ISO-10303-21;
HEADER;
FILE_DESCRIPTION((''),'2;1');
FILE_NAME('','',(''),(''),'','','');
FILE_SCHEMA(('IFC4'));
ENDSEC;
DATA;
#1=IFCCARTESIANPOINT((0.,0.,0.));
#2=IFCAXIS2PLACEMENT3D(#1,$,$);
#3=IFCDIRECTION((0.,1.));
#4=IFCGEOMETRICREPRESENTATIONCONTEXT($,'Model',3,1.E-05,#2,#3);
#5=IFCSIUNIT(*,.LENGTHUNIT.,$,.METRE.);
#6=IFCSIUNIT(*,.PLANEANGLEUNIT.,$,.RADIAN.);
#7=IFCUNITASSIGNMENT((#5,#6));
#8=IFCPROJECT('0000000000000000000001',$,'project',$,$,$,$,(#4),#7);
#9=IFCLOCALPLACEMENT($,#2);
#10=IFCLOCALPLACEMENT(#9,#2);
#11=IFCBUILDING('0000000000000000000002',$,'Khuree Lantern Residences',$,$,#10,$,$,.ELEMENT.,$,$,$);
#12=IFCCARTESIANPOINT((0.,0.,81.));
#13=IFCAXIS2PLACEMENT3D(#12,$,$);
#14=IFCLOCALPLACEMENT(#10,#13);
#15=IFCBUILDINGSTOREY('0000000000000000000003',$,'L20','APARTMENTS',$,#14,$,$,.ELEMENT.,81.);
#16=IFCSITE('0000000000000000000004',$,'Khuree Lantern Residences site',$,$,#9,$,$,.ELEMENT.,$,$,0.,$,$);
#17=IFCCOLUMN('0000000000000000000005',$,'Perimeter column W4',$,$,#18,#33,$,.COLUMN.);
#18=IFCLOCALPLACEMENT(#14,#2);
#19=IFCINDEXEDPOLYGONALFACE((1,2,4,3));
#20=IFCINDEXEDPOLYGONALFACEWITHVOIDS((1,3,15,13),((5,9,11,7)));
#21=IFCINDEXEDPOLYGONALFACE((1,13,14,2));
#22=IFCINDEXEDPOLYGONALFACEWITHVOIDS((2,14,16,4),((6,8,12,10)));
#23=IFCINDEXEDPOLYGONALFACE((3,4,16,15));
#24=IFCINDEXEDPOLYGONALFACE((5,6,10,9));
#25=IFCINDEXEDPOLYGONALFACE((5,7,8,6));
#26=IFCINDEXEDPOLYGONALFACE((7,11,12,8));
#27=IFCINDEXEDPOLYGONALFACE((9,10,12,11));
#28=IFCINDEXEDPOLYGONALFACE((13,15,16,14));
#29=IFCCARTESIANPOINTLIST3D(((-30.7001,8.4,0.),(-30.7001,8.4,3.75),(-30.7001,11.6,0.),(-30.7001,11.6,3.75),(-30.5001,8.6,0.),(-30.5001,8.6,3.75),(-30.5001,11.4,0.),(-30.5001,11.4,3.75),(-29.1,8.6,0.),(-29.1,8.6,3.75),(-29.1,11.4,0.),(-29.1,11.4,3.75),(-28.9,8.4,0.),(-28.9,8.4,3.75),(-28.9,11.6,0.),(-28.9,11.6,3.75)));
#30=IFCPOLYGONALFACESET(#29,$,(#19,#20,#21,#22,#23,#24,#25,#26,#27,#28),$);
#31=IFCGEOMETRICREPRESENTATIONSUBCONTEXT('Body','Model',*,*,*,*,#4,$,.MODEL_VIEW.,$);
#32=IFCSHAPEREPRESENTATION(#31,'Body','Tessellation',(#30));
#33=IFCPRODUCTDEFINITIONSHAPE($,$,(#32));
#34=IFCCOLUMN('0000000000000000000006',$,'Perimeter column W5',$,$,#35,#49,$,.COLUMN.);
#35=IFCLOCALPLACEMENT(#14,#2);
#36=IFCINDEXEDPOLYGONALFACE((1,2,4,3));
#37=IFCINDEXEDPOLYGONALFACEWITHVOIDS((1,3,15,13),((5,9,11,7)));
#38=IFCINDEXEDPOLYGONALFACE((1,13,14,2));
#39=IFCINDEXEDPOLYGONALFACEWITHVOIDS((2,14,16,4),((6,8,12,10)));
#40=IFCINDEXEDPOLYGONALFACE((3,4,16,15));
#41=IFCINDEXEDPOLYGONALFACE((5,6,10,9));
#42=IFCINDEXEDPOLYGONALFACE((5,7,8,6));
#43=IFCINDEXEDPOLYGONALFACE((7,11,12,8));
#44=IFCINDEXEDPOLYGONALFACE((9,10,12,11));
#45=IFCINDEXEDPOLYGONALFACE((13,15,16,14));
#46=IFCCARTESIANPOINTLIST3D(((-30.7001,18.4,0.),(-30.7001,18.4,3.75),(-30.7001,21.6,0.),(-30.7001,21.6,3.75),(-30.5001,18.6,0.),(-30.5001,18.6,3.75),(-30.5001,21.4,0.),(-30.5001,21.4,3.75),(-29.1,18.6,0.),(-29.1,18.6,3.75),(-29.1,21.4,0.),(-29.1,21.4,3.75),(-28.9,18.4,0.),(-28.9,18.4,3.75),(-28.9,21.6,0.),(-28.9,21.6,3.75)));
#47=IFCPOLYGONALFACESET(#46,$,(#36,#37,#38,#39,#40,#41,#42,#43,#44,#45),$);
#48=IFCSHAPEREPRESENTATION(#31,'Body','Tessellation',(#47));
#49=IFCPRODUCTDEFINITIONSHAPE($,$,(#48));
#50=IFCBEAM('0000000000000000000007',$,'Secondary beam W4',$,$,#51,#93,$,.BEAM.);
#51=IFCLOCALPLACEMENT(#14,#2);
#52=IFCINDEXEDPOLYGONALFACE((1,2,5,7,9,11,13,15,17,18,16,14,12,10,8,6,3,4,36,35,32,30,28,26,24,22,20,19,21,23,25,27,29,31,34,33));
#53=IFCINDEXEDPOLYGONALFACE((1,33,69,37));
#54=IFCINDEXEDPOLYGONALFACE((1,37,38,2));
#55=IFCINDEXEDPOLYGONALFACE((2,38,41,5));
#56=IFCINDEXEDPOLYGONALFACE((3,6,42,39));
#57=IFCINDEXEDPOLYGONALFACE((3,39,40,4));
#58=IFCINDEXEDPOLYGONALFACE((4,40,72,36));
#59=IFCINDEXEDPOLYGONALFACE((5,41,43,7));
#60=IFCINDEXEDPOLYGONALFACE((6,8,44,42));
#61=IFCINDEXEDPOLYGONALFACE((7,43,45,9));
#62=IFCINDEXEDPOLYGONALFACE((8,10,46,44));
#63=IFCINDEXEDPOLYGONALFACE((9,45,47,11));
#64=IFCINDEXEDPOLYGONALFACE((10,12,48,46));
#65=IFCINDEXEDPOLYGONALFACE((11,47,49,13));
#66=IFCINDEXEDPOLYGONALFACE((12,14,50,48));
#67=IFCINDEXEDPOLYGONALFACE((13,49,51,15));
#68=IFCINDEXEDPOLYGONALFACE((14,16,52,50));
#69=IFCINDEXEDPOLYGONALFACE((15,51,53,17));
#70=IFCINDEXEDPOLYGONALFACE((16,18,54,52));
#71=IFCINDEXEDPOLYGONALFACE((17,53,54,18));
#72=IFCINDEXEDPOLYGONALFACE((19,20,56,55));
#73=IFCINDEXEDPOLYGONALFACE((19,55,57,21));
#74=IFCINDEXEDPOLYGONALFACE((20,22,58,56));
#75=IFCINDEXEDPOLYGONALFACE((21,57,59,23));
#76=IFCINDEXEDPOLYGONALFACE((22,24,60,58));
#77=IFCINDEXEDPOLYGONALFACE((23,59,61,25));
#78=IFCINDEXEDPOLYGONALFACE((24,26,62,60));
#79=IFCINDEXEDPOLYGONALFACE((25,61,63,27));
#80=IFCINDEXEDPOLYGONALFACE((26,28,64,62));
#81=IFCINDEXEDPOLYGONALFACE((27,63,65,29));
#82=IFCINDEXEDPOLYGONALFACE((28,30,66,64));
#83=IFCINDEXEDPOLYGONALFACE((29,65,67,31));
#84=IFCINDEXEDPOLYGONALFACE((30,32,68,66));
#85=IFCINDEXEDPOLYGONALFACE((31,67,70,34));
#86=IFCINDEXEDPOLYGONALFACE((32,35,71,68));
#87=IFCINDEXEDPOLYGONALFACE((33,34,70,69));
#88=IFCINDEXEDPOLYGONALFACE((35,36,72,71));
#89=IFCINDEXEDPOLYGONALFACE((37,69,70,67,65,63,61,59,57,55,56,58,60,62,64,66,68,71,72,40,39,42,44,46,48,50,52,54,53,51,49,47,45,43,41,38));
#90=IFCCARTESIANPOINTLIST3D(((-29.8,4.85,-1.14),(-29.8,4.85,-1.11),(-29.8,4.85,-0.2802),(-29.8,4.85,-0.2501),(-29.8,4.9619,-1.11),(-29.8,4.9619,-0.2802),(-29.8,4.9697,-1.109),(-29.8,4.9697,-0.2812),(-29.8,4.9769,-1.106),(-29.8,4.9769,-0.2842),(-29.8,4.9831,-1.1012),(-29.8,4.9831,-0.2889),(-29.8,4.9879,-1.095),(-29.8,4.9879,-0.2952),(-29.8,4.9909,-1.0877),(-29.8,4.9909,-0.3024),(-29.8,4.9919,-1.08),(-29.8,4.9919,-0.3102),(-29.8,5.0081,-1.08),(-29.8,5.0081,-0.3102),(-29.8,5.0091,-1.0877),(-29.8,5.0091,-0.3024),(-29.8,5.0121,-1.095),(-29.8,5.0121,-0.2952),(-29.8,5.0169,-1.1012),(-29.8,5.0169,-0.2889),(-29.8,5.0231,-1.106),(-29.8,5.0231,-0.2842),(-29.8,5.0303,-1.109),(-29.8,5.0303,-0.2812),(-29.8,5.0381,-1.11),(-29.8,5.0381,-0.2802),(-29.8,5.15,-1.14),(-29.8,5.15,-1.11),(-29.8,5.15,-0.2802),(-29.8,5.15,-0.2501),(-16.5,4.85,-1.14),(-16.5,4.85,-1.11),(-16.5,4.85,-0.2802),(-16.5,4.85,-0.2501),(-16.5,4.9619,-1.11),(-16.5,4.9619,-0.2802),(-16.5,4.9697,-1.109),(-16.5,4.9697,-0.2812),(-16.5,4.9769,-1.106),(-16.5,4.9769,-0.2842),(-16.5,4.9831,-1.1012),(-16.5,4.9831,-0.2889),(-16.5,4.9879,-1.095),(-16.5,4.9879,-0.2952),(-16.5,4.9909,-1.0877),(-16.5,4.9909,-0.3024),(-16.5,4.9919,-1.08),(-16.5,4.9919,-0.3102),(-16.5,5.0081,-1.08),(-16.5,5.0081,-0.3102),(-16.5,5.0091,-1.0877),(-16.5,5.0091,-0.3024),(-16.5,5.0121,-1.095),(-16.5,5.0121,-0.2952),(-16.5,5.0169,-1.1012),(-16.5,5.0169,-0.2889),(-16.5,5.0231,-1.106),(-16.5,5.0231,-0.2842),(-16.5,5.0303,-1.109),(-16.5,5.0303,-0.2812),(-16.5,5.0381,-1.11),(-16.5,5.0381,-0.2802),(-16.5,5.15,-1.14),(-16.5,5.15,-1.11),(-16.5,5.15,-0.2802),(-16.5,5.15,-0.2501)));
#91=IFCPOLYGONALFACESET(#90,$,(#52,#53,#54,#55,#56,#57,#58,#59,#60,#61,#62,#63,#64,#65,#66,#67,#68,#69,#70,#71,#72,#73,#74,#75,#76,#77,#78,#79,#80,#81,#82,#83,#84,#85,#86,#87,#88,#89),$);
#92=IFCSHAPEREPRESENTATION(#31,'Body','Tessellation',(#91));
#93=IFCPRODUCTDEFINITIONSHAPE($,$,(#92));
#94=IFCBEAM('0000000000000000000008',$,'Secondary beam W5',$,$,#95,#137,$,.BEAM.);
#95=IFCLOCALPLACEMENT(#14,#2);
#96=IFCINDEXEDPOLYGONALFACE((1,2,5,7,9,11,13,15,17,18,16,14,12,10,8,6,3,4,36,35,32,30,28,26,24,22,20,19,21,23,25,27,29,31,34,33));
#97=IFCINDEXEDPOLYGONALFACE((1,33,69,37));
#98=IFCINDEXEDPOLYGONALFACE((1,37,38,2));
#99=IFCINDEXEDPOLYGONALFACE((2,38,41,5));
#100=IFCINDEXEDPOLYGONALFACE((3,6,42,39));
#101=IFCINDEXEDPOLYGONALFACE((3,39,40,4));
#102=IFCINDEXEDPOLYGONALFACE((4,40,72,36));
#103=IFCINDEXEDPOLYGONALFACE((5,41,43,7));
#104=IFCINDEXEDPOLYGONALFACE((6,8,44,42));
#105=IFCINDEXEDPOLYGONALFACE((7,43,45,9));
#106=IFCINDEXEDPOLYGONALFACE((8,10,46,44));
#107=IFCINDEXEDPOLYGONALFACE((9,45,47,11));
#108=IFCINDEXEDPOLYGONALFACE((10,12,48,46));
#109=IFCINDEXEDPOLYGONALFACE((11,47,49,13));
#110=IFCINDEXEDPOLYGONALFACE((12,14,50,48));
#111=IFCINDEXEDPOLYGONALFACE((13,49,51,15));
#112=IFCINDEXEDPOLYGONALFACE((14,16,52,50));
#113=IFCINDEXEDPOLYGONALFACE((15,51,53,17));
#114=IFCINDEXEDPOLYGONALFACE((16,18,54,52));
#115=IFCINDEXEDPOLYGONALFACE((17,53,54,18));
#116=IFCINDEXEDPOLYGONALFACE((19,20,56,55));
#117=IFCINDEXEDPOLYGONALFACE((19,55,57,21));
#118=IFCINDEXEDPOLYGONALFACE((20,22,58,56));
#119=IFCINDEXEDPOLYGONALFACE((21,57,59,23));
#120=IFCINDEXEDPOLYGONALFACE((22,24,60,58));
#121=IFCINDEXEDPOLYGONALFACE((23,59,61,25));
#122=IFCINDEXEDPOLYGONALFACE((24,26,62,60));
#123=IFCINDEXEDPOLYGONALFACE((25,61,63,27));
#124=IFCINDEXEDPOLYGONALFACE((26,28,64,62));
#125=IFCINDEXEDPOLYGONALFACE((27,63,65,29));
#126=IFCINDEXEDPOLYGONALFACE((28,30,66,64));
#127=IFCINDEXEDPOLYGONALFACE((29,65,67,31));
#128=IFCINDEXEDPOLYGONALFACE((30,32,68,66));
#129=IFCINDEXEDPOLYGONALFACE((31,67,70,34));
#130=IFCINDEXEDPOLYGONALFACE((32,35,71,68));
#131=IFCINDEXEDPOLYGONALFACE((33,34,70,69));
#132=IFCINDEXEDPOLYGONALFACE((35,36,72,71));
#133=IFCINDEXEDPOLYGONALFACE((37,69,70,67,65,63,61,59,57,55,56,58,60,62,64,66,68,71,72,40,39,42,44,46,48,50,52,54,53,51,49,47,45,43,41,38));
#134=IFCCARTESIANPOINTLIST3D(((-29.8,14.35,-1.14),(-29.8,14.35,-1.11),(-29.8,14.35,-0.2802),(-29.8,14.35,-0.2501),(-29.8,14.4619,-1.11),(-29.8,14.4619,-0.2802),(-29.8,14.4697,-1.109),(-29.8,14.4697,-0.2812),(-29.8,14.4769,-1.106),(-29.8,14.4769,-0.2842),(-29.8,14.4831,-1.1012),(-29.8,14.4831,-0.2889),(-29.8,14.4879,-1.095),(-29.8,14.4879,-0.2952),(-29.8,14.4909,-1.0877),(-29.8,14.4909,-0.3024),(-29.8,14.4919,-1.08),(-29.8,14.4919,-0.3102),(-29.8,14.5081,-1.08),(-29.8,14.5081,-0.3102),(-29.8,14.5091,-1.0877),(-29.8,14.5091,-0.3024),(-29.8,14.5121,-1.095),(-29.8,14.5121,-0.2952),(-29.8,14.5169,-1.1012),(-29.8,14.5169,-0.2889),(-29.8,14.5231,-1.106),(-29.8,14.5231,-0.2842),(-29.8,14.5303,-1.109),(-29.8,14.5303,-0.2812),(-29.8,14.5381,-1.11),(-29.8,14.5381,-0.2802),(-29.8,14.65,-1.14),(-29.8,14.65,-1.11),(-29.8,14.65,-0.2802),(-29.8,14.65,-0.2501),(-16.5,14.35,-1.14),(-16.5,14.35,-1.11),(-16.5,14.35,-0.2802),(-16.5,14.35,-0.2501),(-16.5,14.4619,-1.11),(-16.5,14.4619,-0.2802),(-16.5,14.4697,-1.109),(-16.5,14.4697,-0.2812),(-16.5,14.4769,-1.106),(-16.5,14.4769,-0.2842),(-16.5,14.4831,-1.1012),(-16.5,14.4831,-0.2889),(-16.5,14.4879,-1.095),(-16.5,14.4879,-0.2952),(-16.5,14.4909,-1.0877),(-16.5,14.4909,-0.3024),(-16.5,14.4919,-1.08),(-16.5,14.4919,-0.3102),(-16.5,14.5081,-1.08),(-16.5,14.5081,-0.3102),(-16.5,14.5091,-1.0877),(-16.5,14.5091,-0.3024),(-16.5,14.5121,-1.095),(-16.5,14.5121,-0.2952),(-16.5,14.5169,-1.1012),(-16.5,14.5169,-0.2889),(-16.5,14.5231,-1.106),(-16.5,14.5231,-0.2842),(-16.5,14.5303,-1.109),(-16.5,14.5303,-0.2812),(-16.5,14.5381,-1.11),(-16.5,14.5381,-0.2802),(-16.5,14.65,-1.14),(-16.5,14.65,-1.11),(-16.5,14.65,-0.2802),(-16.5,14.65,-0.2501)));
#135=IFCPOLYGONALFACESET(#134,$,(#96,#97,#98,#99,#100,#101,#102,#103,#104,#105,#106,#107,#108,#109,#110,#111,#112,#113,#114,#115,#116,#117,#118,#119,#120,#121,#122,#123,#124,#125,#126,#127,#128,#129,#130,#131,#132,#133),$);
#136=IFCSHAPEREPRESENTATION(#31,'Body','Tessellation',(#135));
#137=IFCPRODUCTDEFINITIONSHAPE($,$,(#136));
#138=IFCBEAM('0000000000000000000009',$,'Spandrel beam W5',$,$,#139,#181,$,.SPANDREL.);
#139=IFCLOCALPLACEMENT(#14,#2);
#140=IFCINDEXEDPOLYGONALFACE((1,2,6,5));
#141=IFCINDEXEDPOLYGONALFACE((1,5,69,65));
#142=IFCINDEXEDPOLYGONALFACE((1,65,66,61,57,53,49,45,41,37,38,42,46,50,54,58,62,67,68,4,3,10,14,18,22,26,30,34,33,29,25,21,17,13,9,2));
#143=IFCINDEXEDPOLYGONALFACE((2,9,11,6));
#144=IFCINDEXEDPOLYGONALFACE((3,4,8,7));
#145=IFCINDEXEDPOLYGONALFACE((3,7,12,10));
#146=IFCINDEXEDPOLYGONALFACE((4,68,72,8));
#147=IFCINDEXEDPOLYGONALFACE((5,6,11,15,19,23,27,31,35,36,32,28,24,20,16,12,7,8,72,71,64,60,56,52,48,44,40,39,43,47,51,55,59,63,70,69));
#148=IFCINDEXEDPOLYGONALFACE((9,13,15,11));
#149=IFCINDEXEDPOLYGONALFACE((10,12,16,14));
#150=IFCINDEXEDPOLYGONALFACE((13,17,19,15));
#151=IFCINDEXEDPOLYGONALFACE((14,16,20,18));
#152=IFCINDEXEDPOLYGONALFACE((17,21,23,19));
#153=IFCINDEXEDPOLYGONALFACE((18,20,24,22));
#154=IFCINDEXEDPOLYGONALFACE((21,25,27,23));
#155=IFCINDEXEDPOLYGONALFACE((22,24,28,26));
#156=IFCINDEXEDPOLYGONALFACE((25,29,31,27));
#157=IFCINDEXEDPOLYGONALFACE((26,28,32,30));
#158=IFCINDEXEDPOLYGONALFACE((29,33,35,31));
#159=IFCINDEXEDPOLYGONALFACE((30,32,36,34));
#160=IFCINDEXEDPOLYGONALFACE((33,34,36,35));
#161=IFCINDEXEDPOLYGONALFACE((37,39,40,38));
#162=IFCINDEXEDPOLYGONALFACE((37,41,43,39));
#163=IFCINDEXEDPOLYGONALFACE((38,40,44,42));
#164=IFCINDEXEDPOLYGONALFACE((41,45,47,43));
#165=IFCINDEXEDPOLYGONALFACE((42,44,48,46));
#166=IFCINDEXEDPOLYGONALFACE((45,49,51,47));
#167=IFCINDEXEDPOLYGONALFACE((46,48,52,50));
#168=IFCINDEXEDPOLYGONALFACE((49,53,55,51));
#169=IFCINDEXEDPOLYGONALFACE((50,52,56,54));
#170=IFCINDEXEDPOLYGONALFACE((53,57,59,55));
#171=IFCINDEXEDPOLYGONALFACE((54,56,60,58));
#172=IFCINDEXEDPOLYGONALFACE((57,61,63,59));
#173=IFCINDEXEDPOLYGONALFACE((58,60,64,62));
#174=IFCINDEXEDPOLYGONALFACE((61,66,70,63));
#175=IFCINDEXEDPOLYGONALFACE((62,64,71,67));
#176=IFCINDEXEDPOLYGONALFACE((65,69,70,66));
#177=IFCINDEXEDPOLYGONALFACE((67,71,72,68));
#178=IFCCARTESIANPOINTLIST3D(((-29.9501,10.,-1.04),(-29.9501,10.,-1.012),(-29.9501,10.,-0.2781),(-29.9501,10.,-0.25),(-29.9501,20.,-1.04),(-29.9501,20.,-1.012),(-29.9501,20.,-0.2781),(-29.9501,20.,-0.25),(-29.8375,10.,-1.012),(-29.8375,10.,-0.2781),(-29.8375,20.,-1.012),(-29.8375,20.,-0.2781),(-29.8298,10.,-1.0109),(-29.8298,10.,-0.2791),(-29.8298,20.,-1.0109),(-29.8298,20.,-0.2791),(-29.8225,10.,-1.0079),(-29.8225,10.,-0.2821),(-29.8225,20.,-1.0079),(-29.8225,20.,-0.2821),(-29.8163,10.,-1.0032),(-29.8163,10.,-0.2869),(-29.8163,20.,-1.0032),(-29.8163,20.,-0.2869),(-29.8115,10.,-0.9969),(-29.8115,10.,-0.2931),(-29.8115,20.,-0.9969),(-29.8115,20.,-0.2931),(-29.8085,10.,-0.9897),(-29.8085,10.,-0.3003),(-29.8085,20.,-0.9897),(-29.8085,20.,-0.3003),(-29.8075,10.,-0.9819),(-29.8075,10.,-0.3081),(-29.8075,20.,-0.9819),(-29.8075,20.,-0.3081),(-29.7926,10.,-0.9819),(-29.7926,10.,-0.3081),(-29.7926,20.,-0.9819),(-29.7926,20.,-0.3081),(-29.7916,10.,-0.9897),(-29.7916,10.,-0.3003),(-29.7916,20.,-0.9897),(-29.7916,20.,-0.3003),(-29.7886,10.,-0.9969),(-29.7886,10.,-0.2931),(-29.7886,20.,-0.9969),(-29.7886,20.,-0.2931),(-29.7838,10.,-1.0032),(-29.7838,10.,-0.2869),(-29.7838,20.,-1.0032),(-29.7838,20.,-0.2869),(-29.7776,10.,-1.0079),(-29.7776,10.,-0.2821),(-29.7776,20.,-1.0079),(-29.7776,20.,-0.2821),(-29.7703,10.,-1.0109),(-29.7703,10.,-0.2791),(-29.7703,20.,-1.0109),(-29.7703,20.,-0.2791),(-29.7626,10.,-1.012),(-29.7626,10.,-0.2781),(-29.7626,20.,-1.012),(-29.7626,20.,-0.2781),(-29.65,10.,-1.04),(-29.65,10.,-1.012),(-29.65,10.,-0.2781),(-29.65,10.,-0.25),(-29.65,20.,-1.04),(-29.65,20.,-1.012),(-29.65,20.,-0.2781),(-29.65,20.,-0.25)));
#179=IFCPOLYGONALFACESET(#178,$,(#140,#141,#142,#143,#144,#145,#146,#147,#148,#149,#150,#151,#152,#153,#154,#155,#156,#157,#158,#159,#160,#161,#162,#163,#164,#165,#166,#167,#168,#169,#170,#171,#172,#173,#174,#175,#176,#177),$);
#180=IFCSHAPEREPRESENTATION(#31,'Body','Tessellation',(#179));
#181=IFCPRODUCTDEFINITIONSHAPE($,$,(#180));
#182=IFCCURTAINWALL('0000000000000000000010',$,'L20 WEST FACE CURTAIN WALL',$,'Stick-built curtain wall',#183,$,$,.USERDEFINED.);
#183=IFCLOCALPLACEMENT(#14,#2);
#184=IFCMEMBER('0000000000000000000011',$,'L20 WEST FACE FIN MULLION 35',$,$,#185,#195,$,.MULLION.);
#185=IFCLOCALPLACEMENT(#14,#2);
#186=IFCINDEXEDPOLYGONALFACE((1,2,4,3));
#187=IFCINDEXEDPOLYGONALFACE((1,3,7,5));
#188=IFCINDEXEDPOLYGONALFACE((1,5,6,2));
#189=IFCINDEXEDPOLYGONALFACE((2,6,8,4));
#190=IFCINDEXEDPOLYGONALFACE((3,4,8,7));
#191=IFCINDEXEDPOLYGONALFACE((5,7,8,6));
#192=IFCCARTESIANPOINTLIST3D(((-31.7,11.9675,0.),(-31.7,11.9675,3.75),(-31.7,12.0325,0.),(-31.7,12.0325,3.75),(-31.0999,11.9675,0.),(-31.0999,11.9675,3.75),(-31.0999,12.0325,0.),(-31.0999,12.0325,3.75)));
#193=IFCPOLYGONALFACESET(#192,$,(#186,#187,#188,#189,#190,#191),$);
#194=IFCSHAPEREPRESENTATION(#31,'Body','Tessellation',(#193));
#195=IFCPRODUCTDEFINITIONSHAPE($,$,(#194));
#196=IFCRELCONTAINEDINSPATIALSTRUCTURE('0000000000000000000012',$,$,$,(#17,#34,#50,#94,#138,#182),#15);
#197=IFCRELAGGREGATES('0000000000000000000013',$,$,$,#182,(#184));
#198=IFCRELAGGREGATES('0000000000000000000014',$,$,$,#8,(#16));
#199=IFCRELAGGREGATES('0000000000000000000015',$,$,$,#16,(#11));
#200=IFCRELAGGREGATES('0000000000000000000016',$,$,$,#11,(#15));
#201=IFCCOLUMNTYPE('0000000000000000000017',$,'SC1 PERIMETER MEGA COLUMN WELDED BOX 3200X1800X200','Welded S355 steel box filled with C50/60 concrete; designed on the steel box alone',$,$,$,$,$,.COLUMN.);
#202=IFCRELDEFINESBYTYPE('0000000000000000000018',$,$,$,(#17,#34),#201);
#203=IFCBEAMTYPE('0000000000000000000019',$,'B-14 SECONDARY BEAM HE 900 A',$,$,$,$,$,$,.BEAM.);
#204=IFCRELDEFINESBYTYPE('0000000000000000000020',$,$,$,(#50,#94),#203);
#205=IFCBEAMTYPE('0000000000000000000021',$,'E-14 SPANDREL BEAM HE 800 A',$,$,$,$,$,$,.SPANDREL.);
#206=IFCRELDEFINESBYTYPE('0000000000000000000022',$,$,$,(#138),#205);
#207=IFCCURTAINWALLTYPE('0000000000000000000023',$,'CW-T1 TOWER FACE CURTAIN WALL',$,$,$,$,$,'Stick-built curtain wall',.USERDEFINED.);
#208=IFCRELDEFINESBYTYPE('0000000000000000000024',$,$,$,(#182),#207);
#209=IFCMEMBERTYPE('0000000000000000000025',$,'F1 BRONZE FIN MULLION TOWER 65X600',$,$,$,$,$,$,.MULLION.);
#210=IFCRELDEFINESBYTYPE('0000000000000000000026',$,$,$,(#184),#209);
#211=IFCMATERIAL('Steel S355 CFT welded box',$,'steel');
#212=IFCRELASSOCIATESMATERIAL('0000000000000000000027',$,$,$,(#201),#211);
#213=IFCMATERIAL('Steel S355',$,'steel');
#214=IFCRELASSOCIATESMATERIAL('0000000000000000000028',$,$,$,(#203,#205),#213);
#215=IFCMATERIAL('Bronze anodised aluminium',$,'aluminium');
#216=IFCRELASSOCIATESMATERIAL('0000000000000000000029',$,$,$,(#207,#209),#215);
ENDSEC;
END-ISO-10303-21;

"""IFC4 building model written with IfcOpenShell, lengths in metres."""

from ifc_helpers import new_model, si_unit, direction, frame, origin, origin_2d, place, context, subcontext, project, spatial, rectangle, hollow_rectangle, i_section, extrude, material, material_profile, profile_set, type_object, element, aggregate, save


model = new_model("IFC4")

# Units and contexts
model_context = context("Model", 3, precision=1e-05, world=origin(), true_north=direction((0.0, 1.0)))
body_context = subcontext(model_context, "Body", "Model", "MODEL_VIEW")
ifc_project = project(units=[si_unit("LENGTHUNIT", "METRE"), si_unit("PLANEANGLEUNIT", "RADIAN")], contexts=[model_context])

# Site, building, storey
site_placement = place(None, origin())
site = spatial("IfcSite", under=ifc_project, at=site_placement, Name="Khuree Lantern Residences site", CompositionType="ELEMENT", RefElevation=0.0)
building_placement = place(site_placement, origin())
building = spatial("IfcBuilding", under=site, at=building_placement, Name="Khuree Lantern Residences", CompositionType="ELEMENT")
storey_placement = place(building_placement, frame((0.0, 0.0, 81.0)))
storey = spatial("IfcBuildingStorey", under=building, at=storey_placement, Name="L20", Description="APARTMENTS", CompositionType="ELEMENT", Elevation=81.0)

# Columns
ifc_material_1 = material(Name="Steel S355 CFT welded box", Category="steel")
ifc_material_profile_1 = material_profile(ifc_material_1, hollow_rectangle(XDim=3.2, YDim=1.8, WallThickness=0.2, at=origin_2d()), Name="WELDED BOX 3200X1800X200")
ifc_profile_set_1 = profile_set([ifc_material_profile_1], Name="Steel S355 CFT welded box")
column_type = type_object("IfcColumnType", Name="SC1 PERIMETER MEGA COLUMN WELDED BOX 3200X1800X200", Description="Welded S355 steel box filled with C50/60 concrete; designed on the steel box alone", PredefinedType="COLUMN", material=ifc_profile_set_1)
for number, where, z_axis, x_axis, name in (
    (1, (-29.8, 10.0, 0.0), (0.0, 0.0, 1.0), (0.0, 1.0, 0.0), "Perimeter column W4"),
    (2, (-29.8, 20.0, 0.0), (0.0, 0.0, 1.0), (0.0, 1.0, 0.0), "Perimeter column W5"),
):
    element("IfcColumn", number, at=place(storey_placement, frame(where, z_axis=z_axis, x_axis=x_axis)), inside=storey, type_object=column_type, Name=name, PredefinedType="COLUMN", context=body_context, shape_type="SweptSolid", body=[
        extrude(hollow_rectangle(XDim=3.2, YDim=1.8, WallThickness=0.2, at=origin_2d()), origin(), (0.0, 0.0, 1.0), 3.75),
    ])

# Beams
ifc_material_2 = material(Name="Steel S355", Category="steel")
ifc_material_profile_2 = material_profile(ifc_material_2, i_section(OverallWidth=0.3, OverallDepth=0.8899, WebThickness=0.0161, FlangeThickness=0.03, FilletRadius=0.03, at=origin_2d()), Name="HE 900 A")
ifc_profile_set_2 = profile_set([ifc_material_profile_2], Name="Steel S355")
beam_type_1 = type_object("IfcBeamType", Name="B-14 SECONDARY BEAM HE 900 A", PredefinedType="BEAM", material=ifc_profile_set_2)
for number, where, z_axis, x_axis, name in (
    (3, (-29.8, 5.0, -0.6951), (1.0, 0.0, 0.0), (0.0, 1.0, 0.0), "Secondary beam W4"),
    (4, (-29.8, 14.5, -0.6951), (1.0, 0.0, 0.0), (0.0, 1.0, 0.0), "Secondary beam W5"),
):
    element("IfcBeam", number, at=place(storey_placement, frame(where, z_axis=z_axis, x_axis=x_axis)), inside=storey, type_object=beam_type_1, Name=name, PredefinedType="BEAM", context=body_context, shape_type="SweptSolid", body=[
        extrude(i_section(OverallWidth=0.3, OverallDepth=0.8899, WebThickness=0.0161, FlangeThickness=0.03, FilletRadius=0.03, at=origin_2d()), origin(), (0.0, 0.0, 1.0), 13.3),
    ])
ifc_material_profile_3 = material_profile(ifc_material_2, i_section(OverallWidth=0.3, OverallDepth=0.79, WebThickness=0.0149, FlangeThickness=0.0281, FilletRadius=0.03, at=origin_2d()), Name="HE 800 A")
ifc_profile_set_3 = profile_set([ifc_material_profile_3], Name="Steel S355")
beam_type_2 = type_object("IfcBeamType", Name="E-14 SPANDREL BEAM HE 800 A", PredefinedType="SPANDREL", material=ifc_profile_set_3)
beam_1_placement = place(storey_placement, frame((-29.8, 10.0, -0.645), z_axis=(0.0, 1.0, 0.0), x_axis=(-1.0, 0.0, 0.0)))
element("IfcBeam", 5, at=beam_1_placement, inside=storey, type_object=beam_type_2, Name="Spandrel beam W5", PredefinedType="SPANDREL", context=body_context, shape_type="SweptSolid", body=[
    extrude(i_section(OverallWidth=0.3, OverallDepth=0.79, WebThickness=0.0149, FlangeThickness=0.0281, FilletRadius=0.03, at=origin_2d()), origin(), (0.0, 0.0, 1.0), 10.0),
])

# Curtain wall, member
ifc_material_3 = material(Name="Bronze anodised aluminium", Category="aluminium")
curtain_wall_type = type_object("IfcCurtainWallType", Name="CW-T1 TOWER FACE CURTAIN WALL", ElementType="Stick-built curtain wall", PredefinedType="USERDEFINED", material=ifc_material_3)
curtain_wall_placement = place(storey_placement, origin())
curtain_wall = element("IfcCurtainWall", 6, at=curtain_wall_placement, inside=storey, type_object=curtain_wall_type, Name="L20 WEST FACE CURTAIN WALL", ObjectType="Stick-built curtain wall", PredefinedType="USERDEFINED")
ifc_material_profile_4 = material_profile(ifc_material_3, rectangle(XDim=0.0649, YDim=0.6001, at=origin_2d()), Name="F1 65X600")
ifc_profile_set_4 = profile_set([ifc_material_profile_4], Name="Bronze anodised aluminium")
member_type_1 = type_object("IfcMemberType", Name="F1 BRONZE FIN MULLION TOWER 65X600", PredefinedType="MULLION", material=ifc_profile_set_4)
member_1_placement = place(storey_placement, frame((-31.3999, 12.0, 0.0), z_axis=(0.0, 0.0, 1.0), x_axis=(0.0, -1.0, 0.0)))
member_1 = element("IfcMember", 7, at=member_1_placement, type_object=member_type_1, Name="L20 WEST FACE FIN MULLION 35", PredefinedType="MULLION", context=body_context, shape_type="SweptSolid", body=[
    extrude(rectangle(XDim=0.0649, YDim=0.6001, at=origin_2d()), origin(), (0.0, 0.0, 1.0), 3.75),
])

aggregate(curtain_wall, [member_1])

save(model, "model.ifc")
